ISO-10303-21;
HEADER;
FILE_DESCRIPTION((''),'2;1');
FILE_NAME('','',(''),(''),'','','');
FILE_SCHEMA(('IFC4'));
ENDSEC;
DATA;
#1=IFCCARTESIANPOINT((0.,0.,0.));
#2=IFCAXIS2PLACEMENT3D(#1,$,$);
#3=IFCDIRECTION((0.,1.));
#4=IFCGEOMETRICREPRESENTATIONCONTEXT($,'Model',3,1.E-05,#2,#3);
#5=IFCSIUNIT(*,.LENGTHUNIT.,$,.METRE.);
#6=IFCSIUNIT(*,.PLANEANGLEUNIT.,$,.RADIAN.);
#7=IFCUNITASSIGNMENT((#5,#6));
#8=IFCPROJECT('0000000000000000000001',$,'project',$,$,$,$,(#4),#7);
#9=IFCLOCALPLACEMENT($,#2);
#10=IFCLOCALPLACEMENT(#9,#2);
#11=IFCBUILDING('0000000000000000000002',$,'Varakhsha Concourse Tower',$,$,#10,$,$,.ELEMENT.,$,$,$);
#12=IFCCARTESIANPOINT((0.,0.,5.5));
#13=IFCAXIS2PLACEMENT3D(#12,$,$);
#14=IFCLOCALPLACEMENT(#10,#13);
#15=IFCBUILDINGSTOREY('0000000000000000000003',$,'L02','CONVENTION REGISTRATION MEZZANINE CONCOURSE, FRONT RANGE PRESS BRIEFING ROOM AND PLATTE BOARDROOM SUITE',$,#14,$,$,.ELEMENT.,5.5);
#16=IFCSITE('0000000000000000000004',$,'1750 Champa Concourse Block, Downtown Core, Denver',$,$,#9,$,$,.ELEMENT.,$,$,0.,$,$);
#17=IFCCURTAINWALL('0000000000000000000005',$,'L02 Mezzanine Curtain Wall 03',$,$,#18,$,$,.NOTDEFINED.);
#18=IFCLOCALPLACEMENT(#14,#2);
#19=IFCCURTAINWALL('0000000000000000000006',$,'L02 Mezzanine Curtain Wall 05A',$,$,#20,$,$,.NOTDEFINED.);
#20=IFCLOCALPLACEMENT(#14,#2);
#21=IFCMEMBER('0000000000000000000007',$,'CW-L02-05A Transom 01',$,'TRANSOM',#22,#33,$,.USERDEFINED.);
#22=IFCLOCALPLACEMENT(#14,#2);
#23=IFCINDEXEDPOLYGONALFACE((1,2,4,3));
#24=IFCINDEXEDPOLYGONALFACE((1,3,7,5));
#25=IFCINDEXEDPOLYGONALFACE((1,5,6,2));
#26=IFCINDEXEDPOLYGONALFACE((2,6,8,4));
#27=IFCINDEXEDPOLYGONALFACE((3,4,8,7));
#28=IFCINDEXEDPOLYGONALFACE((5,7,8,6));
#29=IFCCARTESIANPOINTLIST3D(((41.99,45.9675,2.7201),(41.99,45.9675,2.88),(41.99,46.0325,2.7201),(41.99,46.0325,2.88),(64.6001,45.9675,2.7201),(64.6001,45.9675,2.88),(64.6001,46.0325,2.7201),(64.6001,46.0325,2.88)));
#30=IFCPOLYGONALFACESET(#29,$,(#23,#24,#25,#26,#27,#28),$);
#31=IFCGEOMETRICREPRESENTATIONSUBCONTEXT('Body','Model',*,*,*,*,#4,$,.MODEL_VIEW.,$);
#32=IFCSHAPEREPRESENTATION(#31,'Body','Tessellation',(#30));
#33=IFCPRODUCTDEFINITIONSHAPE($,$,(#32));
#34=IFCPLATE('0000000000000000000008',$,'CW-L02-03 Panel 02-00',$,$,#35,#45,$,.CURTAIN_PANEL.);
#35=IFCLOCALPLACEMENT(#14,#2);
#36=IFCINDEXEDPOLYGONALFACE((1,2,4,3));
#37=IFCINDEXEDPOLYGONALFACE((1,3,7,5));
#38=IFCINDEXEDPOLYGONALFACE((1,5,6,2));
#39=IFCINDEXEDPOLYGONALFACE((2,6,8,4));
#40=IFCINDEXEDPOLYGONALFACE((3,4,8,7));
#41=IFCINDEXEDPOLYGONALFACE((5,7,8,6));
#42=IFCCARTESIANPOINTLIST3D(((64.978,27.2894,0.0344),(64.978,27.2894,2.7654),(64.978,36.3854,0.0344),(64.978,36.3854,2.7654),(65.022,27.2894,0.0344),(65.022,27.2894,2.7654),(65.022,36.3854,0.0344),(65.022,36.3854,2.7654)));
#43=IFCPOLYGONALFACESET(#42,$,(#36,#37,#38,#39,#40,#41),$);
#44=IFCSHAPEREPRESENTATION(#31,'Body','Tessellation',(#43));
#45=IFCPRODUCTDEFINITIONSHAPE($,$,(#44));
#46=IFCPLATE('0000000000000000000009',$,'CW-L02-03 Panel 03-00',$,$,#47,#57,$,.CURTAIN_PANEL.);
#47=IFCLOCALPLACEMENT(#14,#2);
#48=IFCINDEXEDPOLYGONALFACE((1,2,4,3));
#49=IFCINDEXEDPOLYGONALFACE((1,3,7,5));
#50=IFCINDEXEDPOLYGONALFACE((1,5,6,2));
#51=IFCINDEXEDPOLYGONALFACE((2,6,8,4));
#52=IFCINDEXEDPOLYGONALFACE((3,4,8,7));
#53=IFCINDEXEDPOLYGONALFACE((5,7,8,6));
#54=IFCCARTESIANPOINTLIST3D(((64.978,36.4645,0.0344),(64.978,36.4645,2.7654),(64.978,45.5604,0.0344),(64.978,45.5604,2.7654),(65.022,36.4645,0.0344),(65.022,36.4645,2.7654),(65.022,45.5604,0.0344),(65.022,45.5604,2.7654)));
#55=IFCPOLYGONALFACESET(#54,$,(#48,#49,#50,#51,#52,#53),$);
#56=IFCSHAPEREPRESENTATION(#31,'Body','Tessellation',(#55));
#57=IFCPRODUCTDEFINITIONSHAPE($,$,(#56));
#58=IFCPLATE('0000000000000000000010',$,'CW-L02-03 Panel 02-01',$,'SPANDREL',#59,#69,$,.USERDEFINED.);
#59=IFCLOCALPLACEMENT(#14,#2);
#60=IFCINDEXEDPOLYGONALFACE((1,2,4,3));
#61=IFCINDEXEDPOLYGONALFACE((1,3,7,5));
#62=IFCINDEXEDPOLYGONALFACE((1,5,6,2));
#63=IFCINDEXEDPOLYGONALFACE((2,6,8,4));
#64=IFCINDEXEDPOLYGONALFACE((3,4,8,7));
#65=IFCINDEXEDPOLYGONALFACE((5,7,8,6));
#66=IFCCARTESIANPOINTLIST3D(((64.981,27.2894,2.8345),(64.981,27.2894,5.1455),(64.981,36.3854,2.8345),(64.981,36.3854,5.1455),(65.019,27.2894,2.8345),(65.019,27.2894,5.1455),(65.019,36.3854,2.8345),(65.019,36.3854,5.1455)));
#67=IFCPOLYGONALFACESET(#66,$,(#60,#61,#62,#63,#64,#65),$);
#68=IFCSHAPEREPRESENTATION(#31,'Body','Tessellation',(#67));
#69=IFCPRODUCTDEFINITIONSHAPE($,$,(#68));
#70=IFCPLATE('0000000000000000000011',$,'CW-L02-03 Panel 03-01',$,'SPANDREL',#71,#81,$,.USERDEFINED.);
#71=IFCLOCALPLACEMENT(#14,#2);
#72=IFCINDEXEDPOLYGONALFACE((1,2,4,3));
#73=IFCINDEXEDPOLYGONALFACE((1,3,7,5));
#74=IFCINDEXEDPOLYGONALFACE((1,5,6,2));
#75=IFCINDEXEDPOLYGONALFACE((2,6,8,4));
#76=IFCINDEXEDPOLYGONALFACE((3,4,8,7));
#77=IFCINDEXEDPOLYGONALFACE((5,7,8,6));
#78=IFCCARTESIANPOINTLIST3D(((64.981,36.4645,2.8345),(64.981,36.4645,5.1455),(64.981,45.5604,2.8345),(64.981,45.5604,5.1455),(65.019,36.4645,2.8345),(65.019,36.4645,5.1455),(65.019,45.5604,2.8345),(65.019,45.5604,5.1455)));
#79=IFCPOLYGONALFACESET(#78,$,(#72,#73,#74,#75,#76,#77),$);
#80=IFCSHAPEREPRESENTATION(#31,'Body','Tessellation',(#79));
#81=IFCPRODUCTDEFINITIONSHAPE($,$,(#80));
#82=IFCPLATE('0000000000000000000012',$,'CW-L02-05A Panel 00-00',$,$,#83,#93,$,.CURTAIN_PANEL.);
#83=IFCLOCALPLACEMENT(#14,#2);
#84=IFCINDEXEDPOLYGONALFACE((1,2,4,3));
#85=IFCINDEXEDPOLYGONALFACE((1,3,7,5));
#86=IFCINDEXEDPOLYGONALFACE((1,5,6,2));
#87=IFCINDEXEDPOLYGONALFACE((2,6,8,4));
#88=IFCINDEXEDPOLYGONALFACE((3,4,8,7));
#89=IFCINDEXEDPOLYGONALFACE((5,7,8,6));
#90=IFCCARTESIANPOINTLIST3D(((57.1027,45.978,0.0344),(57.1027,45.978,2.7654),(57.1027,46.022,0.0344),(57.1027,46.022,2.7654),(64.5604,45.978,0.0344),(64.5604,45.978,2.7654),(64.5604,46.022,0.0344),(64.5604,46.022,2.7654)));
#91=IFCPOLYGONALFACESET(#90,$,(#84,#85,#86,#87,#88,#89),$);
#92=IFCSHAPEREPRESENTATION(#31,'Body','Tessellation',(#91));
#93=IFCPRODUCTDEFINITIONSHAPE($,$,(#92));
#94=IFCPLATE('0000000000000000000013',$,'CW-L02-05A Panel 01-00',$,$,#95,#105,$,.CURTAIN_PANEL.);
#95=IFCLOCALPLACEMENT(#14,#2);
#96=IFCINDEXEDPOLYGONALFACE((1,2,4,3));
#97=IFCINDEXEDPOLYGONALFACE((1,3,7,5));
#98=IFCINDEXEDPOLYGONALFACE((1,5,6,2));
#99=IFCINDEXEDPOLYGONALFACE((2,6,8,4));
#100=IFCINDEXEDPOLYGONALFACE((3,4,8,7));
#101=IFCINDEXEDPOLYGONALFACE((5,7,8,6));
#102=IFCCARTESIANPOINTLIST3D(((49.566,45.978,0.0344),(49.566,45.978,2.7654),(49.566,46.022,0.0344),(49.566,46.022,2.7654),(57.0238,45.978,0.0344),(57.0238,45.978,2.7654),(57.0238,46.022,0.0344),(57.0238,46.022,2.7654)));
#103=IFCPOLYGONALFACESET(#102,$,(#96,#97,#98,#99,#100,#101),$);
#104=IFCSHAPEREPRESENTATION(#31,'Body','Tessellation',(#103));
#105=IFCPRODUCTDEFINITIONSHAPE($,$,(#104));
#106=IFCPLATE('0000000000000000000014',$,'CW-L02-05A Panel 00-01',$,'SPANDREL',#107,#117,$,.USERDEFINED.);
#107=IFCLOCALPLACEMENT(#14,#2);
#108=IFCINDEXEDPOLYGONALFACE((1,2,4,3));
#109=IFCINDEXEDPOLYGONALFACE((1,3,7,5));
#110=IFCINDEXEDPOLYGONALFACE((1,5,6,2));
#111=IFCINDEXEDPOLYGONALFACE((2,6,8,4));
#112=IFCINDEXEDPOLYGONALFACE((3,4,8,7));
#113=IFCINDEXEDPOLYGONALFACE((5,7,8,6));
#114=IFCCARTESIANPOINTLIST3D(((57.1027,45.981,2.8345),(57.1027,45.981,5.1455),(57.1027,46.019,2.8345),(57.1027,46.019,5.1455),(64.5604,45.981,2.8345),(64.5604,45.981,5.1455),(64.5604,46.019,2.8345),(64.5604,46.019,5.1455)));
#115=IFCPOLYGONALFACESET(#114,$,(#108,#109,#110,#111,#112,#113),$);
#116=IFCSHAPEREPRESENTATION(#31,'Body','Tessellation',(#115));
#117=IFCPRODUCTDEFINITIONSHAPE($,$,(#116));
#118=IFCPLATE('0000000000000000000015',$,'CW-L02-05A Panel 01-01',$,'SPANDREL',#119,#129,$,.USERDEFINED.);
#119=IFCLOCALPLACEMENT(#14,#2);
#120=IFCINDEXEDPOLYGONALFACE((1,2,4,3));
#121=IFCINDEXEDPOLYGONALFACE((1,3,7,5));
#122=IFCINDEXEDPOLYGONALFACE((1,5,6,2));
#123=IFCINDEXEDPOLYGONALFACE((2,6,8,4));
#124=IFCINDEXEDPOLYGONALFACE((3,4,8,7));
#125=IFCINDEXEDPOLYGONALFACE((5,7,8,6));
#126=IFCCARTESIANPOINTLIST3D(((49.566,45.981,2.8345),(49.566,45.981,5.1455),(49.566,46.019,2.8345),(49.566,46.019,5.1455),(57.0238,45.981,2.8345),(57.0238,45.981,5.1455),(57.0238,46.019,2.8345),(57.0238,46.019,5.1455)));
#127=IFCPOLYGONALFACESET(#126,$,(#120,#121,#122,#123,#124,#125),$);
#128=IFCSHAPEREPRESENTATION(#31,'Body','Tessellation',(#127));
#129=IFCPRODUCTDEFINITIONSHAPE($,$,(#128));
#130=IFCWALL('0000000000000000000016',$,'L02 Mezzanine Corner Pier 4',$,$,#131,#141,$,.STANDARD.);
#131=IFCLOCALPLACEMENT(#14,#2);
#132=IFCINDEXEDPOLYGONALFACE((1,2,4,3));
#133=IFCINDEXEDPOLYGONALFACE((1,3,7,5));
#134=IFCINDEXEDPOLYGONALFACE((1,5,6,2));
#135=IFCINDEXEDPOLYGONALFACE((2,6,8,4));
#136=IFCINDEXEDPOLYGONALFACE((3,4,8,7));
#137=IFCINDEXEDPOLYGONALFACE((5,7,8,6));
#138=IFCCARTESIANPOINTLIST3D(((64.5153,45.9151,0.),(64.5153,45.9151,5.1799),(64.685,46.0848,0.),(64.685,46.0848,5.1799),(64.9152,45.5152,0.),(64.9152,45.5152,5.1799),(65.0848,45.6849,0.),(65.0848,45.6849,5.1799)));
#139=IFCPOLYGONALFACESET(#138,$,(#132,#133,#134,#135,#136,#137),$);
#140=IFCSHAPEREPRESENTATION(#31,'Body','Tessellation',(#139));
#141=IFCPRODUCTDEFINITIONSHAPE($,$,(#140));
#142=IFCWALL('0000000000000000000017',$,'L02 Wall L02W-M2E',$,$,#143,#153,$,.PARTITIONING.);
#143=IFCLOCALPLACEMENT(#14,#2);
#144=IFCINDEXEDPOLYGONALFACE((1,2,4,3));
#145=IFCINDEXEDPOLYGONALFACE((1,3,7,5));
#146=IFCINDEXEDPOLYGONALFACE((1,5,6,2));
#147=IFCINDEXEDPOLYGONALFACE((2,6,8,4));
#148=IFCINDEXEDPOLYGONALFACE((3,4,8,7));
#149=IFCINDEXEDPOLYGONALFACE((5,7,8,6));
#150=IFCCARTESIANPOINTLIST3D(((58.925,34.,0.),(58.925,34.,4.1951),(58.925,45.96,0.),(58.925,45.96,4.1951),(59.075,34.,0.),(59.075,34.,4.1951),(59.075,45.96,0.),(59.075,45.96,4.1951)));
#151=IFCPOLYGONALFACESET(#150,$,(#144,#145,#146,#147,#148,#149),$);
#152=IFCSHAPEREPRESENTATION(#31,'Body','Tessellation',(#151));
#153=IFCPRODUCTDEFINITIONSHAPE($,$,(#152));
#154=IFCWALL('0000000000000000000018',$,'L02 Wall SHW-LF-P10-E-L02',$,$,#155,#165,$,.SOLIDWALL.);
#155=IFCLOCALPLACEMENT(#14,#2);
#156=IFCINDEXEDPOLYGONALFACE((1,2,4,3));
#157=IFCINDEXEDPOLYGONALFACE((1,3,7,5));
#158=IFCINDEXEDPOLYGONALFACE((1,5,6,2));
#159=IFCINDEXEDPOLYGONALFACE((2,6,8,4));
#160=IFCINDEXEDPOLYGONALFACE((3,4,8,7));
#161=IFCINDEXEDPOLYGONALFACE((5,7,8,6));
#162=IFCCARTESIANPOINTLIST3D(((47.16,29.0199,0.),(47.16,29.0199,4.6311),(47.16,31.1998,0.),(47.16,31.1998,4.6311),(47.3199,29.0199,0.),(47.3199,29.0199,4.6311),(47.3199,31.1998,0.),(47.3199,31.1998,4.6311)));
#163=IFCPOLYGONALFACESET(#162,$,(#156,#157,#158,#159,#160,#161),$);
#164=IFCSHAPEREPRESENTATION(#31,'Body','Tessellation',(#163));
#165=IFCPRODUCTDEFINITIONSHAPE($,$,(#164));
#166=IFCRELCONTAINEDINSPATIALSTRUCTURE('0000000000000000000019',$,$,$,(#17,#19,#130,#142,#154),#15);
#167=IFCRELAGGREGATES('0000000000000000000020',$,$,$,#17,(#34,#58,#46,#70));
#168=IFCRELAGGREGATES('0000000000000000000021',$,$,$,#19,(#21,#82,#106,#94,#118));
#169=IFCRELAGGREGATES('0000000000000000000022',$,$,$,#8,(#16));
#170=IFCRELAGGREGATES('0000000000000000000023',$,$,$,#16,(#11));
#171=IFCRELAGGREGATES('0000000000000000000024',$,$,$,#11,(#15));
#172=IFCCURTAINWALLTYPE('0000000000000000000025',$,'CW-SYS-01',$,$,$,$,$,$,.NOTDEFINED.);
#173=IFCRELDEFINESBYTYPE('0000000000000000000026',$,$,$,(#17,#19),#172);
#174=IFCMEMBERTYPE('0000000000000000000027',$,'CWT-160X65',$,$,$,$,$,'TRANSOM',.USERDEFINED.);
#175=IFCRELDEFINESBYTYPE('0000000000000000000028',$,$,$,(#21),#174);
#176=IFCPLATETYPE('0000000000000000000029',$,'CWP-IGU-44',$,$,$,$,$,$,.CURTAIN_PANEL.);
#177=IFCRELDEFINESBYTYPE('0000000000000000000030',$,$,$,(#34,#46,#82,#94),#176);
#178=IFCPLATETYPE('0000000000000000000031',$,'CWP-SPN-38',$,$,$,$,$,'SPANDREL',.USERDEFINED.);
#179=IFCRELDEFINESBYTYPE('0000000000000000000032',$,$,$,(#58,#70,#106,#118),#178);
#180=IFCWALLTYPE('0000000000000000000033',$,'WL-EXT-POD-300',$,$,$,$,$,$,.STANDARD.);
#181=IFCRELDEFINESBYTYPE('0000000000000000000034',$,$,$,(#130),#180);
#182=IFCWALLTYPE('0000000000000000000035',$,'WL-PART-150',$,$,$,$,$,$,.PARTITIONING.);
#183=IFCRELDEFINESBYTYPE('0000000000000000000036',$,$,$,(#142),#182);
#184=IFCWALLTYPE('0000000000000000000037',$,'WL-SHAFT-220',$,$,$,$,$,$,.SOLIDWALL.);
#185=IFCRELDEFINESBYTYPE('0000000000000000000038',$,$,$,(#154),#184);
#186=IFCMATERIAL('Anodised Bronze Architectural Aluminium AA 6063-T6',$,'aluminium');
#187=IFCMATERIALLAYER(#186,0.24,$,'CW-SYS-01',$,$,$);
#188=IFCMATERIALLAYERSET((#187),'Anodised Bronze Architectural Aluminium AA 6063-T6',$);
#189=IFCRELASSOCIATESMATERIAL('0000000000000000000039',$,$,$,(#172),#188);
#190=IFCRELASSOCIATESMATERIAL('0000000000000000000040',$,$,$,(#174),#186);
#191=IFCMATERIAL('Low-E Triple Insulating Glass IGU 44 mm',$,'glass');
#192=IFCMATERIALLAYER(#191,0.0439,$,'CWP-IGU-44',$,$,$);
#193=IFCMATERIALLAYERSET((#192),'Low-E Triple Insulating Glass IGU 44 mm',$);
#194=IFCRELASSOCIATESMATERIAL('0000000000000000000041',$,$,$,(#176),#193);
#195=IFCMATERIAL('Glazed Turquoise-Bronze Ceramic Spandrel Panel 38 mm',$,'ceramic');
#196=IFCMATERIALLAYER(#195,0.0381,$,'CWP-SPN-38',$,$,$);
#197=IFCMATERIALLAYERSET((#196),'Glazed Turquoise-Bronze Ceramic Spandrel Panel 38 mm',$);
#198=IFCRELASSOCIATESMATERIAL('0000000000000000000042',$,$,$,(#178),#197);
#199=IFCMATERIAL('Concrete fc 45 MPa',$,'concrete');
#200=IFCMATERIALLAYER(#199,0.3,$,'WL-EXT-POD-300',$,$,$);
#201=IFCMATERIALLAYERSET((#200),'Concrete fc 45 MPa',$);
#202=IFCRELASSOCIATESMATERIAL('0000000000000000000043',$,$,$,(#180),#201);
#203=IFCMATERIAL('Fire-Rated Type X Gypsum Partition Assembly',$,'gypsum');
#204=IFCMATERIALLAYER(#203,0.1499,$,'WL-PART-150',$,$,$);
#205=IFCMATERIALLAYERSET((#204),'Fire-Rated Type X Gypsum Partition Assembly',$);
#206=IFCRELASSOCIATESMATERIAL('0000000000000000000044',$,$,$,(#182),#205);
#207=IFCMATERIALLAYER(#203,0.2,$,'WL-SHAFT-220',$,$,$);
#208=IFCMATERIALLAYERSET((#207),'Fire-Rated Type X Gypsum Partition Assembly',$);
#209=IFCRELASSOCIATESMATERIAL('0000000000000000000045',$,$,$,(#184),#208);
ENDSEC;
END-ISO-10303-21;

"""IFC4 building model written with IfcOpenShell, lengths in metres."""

from ifc_helpers import new_model, si_unit, direction, frame, frame_2d, origin, origin_2d, place, context, subcontext, project, spatial, rectangle, extrude, source, transform, mapped, material, layer, layer_set, material_profile, profile_set, type_object, type_shapes, element, aggregate, save


model = new_model("IFC4")

# Units and contexts
model_context = context("Model", 3, precision=1e-05, world=origin(), true_north=direction((0.0, 1.0)))
body_context = subcontext(model_context, "Body", "Model", "MODEL_VIEW")
ifc_project = project(units=[si_unit("LENGTHUNIT", "METRE"), si_unit("PLANEANGLEUNIT", "RADIAN")], contexts=[model_context])

# Site, building, storey
site_placement = place(None, origin())
site = spatial("IfcSite", under=ifc_project, at=site_placement, Name="1750 Champa Concourse Block, Downtown Core, Denver", CompositionType="ELEMENT", RefElevation=0.0)
building_placement = place(site_placement, origin())
building = spatial("IfcBuilding", under=site, at=building_placement, Name="Varakhsha Concourse Tower", CompositionType="ELEMENT")
storey_placement = place(building_placement, frame((0.0, 0.0, 5.5)))
storey = spatial("IfcBuildingStorey", under=building, at=storey_placement, Name="L02", Description="CONVENTION REGISTRATION MEZZANINE CONCOURSE, FRONT RANGE PRESS BRIEFING ROOM AND PLATTE BOARDROOM SUITE", CompositionType="ELEMENT", Elevation=5.5)

# Curtain walls, member
ifc_material_1 = material(Name="Anodised Bronze Architectural Aluminium AA 6063-T6", Category="aluminium")
ifc_layer_1 = layer(ifc_material_1, 0.24, Name="CW-SYS-01")
ifc_layer_set_1 = layer_set([ifc_layer_1], Name="Anodised Bronze Architectural Aluminium AA 6063-T6")
curtain_wall_type = type_object("IfcCurtainWallType", Name="CW-SYS-01", PredefinedType="NOTDEFINED", material=ifc_layer_set_1)
curtain_wall_1_placement = place(storey_placement, origin())
curtain_wall_1 = element("IfcCurtainWall", 1, at=curtain_wall_1_placement, inside=storey, type_object=curtain_wall_type, Name="L02 Mezzanine Curtain Wall 03", PredefinedType="NOTDEFINED")
curtain_wall_2_placement = place(storey_placement, origin())
curtain_wall_2 = element("IfcCurtainWall", 2, at=curtain_wall_2_placement, inside=storey, type_object=curtain_wall_type, Name="L02 Mezzanine Curtain Wall 05A", PredefinedType="NOTDEFINED")
ifc_material_profile_1 = material_profile(ifc_material_1, rectangle(XDim=0.0649, YDim=0.1599, at=origin_2d()), Name="CWT-160X65")
ifc_profile_set_1 = profile_set([ifc_material_profile_1], Name="Anodised Bronze Architectural Aluminium AA 6063-T6")
member_type_1 = type_object("IfcMemberType", Name="CWT-160X65", ElementType="TRANSOM", PredefinedType="USERDEFINED", material=ifc_profile_set_1)
shared_shape_1 = source(origin(), body_context, "Body", "SweptSolid", [
    extrude(rectangle(XDim=0.0649, YDim=0.1599, at=origin_2d()), origin(), (0.0, 0.0, 1.0), 22.6101),
])
type_shapes(member_type_1, [shared_shape_1])
member_1_placement = place(storey_placement, frame((64.6001, 46.0, 2.8), z_axis=(-1.0, 0.0, 0.0), x_axis=(0.0, -1.0, 0.0)))
member_1 = element("IfcMember", 3, at=member_1_placement, type_object=member_type_1, Name="CW-L02-05A Transom 01", ObjectType="TRANSOM", PredefinedType="USERDEFINED", context=body_context, shape_type="MappedRepresentation", body=[
    mapped(shared_shape_1, transform((0.0, 0.0, 0.0), scale=1.0)),
])

# Plates
ifc_material_2 = material(Name="Low-E Triple Insulating Glass IGU 44 mm", Category="glass")
ifc_layer_2 = layer(ifc_material_2, 0.0439, Name="CWP-IGU-44")
ifc_layer_set_2 = layer_set([ifc_layer_2], Name="Low-E Triple Insulating Glass IGU 44 mm")
plate_type_1 = type_object("IfcPlateType", Name="CWP-IGU-44", PredefinedType="CURTAIN_PANEL", material=ifc_layer_set_2)
shared_shape_2 = source(origin(), body_context, "Body", "SweptSolid", [
    extrude(rectangle(XDim=9.0959, YDim=0.0439, at=origin_2d()), origin(), (0.0, 0.0, 1.0), 2.731),
])
plate_1_placement = place(storey_placement, frame((65.0, 31.8374, 0.0344), z_axis=(0.0, 0.0, 1.0), x_axis=(0.0, 1.0, 0.0)))
plate_1 = element("IfcPlate", 4, at=plate_1_placement, type_object=plate_type_1, Name="CW-L02-03 Panel 02-00", PredefinedType="CURTAIN_PANEL", context=body_context, shape_type="MappedRepresentation", body=[
    mapped(shared_shape_2, transform((0.0, 0.0, 0.0), scale=1.0)),
])
plate_2_placement = place(storey_placement, frame((65.0, 41.0125, 0.0344), z_axis=(0.0, 0.0, 1.0), x_axis=(0.0, 1.0, 0.0)))
plate_2 = element("IfcPlate", 5, at=plate_2_placement, type_object=plate_type_1, Name="CW-L02-03 Panel 03-00", PredefinedType="CURTAIN_PANEL", context=body_context, shape_type="MappedRepresentation", body=[
    mapped(shared_shape_2, transform((0.0, 0.0, 0.0), scale=1.0)),
])
ifc_material_3 = material(Name="Glazed Turquoise-Bronze Ceramic Spandrel Panel 38 mm", Category="ceramic")
ifc_layer_3 = layer(ifc_material_3, 0.0381, Name="CWP-SPN-38")
ifc_layer_set_3 = layer_set([ifc_layer_3], Name="Glazed Turquoise-Bronze Ceramic Spandrel Panel 38 mm")
plate_type_2 = type_object("IfcPlateType", Name="CWP-SPN-38", ElementType="SPANDREL", PredefinedType="USERDEFINED", material=ifc_layer_set_3)
shared_shape_3 = source(origin(), body_context, "Body", "SweptSolid", [
    extrude(rectangle(XDim=9.0959, YDim=0.0381, at=origin_2d()), origin(), (0.0, 0.0, 1.0), 2.311),
])
plate_3_placement = place(storey_placement, frame((65.0, 31.8374, 2.8345), z_axis=(0.0, 0.0, 1.0), x_axis=(0.0, 1.0, 0.0)))
plate_3 = element("IfcPlate", 6, at=plate_3_placement, type_object=plate_type_2, Name="CW-L02-03 Panel 02-01", ObjectType="SPANDREL", PredefinedType="USERDEFINED", context=body_context, shape_type="MappedRepresentation", body=[
    mapped(shared_shape_3, transform((0.0, 0.0, 0.0), scale=1.0)),
])
plate_4_placement = place(storey_placement, frame((65.0, 41.0125, 2.8345), z_axis=(0.0, 0.0, 1.0), x_axis=(0.0, 1.0, 0.0)))
plate_4 = element("IfcPlate", 7, at=plate_4_placement, type_object=plate_type_2, Name="CW-L02-03 Panel 03-01", ObjectType="SPANDREL", PredefinedType="USERDEFINED", context=body_context, shape_type="MappedRepresentation", body=[
    mapped(shared_shape_3, transform((0.0, 0.0, 0.0), scale=1.0)),
])
aggregate(curtain_wall_1, [plate_1, plate_3, plate_2, plate_4])
shared_shape_4 = source(origin(), body_context, "Body", "SweptSolid", [
    extrude(rectangle(XDim=7.4578, YDim=0.0439, at=origin_2d()), origin(), (0.0, 0.0, 1.0), 2.731),
])
type_shapes(plate_type_1, [shared_shape_2, shared_shape_4])
plate_5_placement = place(storey_placement, frame((60.8315, 46.0, 0.0344), z_axis=(0.0, 0.0, 1.0), x_axis=(-1.0, 0.0, 0.0)))
plate_5 = element("IfcPlate", 8, at=plate_5_placement, type_object=plate_type_1, Name="CW-L02-05A Panel 00-00", PredefinedType="CURTAIN_PANEL", context=body_context, shape_type="MappedRepresentation", body=[
    mapped(shared_shape_4, transform((0.0, 0.0, 0.0), scale=1.0)),
])
plate_6_placement = place(storey_placement, frame((53.2949, 46.0, 0.0344), z_axis=(0.0, 0.0, 1.0), x_axis=(-1.0, 0.0, 0.0)))
plate_6 = element("IfcPlate", 9, at=plate_6_placement, type_object=plate_type_1, Name="CW-L02-05A Panel 01-00", PredefinedType="CURTAIN_PANEL", context=body_context, shape_type="MappedRepresentation", body=[
    mapped(shared_shape_4, transform((0.0, 0.0, 0.0), scale=1.0)),
])
shared_shape_5 = source(origin(), body_context, "Body", "SweptSolid", [
    extrude(rectangle(XDim=7.4578, YDim=0.0381, at=origin_2d()), origin(), (0.0, 0.0, 1.0), 2.311),
])
type_shapes(plate_type_2, [shared_shape_3, shared_shape_5])
plate_7_placement = place(storey_placement, frame((60.8315, 46.0, 2.8345), z_axis=(0.0, 0.0, 1.0), x_axis=(-1.0, 0.0, 0.0)))
plate_7 = element("IfcPlate", 10, at=plate_7_placement, type_object=plate_type_2, Name="CW-L02-05A Panel 00-01", ObjectType="SPANDREL", PredefinedType="USERDEFINED", context=body_context, shape_type="MappedRepresentation", body=[
    mapped(shared_shape_5, transform((0.0, 0.0, 0.0), scale=1.0)),
])
plate_8_placement = place(storey_placement, frame((53.2949, 46.0, 2.8345), z_axis=(0.0, 0.0, 1.0), x_axis=(-1.0, 0.0, 0.0)))
plate_8 = element("IfcPlate", 11, at=plate_8_placement, type_object=plate_type_2, Name="CW-L02-05A Panel 01-01", ObjectType="SPANDREL", PredefinedType="USERDEFINED", context=body_context, shape_type="MappedRepresentation", body=[
    mapped(shared_shape_5, transform((0.0, 0.0, 0.0), scale=1.0)),
])
aggregate(curtain_wall_2, [member_1, plate_5, plate_7, plate_6, plate_8])

# Walls
ifc_material_4 = material(Name="Concrete fc 45 MPa", Category="concrete")
ifc_layer_4 = layer(ifc_material_4, 0.3, Name="WL-EXT-POD-300")
ifc_layer_set_4 = layer_set([ifc_layer_4], Name="Concrete fc 45 MPa")
wall_type_1 = type_object("IfcWallType", Name="WL-EXT-POD-300", PredefinedType="STANDARD", material=ifc_layer_set_4)
wall_1_placement = place(storey_placement, frame((65.0, 45.6001, 0.0), z_axis=(0.0, 0.0, 1.0), x_axis=(-0.707107, 0.707107, 0.0)))
element("IfcWall", 12, at=wall_1_placement, inside=storey, type_object=wall_type_1, Name="L02 Mezzanine Corner Pier 4", PredefinedType="STANDARD", context=body_context, shape_type="SweptSolid", body=[
    extrude(rectangle(XDim=0.5654, YDim=0.24, at=frame_2d((0.2827, 0.0))), origin(), (0.0, 0.0, 1.0), 5.1799),
])
ifc_material_5 = material(Name="Fire-Rated Type X Gypsum Partition Assembly", Category="gypsum")
ifc_layer_5 = layer(ifc_material_5, 0.1499, Name="WL-PART-150")
ifc_layer_set_5 = layer_set([ifc_layer_5], Name="Fire-Rated Type X Gypsum Partition Assembly")
wall_type_2 = type_object("IfcWallType", Name="WL-PART-150", PredefinedType="PARTITIONING", material=ifc_layer_set_5)
wall_2_placement = place(storey_placement, frame((59.0, 34.0, 0.0), z_axis=(0.0, 0.0, 1.0), x_axis=(0.0, 1.0, 0.0)))
element("IfcWall", 13, at=wall_2_placement, inside=storey, type_object=wall_type_2, Name="L02 Wall L02W-M2E", PredefinedType="PARTITIONING", context=body_context, shape_type="SweptSolid", body=[
    extrude(rectangle(XDim=11.96, YDim=0.1499, at=frame_2d((5.98, 0.0))), origin(), (0.0, 0.0, 1.0), 4.1951),
])
ifc_layer_6 = layer(ifc_material_5, 0.2, Name="WL-SHAFT-220")
ifc_layer_set_6 = layer_set([ifc_layer_6], Name="Fire-Rated Type X Gypsum Partition Assembly")
wall_type_3 = type_object("IfcWallType", Name="WL-SHAFT-220", PredefinedType="SOLIDWALL", material=ifc_layer_set_6)
wall_3_placement = place(storey_placement, frame((47.24, 29.02, 0.0), z_axis=(0.0, 0.0, 1.0), x_axis=(0.0, 1.0, 0.0)))
element("IfcWall", 14, at=wall_3_placement, inside=storey, type_object=wall_type_3, Name="L02 Wall SHW-LF-P10-E-L02", PredefinedType="SOLIDWALL", context=body_context, shape_type="SweptSolid", body=[
    extrude(rectangle(XDim=2.1799, YDim=0.1599, at=frame_2d((1.0898, 0.0))), origin(), (0.0, 0.0, 1.0), 4.6311),
])

save(model, "model.ifc")
